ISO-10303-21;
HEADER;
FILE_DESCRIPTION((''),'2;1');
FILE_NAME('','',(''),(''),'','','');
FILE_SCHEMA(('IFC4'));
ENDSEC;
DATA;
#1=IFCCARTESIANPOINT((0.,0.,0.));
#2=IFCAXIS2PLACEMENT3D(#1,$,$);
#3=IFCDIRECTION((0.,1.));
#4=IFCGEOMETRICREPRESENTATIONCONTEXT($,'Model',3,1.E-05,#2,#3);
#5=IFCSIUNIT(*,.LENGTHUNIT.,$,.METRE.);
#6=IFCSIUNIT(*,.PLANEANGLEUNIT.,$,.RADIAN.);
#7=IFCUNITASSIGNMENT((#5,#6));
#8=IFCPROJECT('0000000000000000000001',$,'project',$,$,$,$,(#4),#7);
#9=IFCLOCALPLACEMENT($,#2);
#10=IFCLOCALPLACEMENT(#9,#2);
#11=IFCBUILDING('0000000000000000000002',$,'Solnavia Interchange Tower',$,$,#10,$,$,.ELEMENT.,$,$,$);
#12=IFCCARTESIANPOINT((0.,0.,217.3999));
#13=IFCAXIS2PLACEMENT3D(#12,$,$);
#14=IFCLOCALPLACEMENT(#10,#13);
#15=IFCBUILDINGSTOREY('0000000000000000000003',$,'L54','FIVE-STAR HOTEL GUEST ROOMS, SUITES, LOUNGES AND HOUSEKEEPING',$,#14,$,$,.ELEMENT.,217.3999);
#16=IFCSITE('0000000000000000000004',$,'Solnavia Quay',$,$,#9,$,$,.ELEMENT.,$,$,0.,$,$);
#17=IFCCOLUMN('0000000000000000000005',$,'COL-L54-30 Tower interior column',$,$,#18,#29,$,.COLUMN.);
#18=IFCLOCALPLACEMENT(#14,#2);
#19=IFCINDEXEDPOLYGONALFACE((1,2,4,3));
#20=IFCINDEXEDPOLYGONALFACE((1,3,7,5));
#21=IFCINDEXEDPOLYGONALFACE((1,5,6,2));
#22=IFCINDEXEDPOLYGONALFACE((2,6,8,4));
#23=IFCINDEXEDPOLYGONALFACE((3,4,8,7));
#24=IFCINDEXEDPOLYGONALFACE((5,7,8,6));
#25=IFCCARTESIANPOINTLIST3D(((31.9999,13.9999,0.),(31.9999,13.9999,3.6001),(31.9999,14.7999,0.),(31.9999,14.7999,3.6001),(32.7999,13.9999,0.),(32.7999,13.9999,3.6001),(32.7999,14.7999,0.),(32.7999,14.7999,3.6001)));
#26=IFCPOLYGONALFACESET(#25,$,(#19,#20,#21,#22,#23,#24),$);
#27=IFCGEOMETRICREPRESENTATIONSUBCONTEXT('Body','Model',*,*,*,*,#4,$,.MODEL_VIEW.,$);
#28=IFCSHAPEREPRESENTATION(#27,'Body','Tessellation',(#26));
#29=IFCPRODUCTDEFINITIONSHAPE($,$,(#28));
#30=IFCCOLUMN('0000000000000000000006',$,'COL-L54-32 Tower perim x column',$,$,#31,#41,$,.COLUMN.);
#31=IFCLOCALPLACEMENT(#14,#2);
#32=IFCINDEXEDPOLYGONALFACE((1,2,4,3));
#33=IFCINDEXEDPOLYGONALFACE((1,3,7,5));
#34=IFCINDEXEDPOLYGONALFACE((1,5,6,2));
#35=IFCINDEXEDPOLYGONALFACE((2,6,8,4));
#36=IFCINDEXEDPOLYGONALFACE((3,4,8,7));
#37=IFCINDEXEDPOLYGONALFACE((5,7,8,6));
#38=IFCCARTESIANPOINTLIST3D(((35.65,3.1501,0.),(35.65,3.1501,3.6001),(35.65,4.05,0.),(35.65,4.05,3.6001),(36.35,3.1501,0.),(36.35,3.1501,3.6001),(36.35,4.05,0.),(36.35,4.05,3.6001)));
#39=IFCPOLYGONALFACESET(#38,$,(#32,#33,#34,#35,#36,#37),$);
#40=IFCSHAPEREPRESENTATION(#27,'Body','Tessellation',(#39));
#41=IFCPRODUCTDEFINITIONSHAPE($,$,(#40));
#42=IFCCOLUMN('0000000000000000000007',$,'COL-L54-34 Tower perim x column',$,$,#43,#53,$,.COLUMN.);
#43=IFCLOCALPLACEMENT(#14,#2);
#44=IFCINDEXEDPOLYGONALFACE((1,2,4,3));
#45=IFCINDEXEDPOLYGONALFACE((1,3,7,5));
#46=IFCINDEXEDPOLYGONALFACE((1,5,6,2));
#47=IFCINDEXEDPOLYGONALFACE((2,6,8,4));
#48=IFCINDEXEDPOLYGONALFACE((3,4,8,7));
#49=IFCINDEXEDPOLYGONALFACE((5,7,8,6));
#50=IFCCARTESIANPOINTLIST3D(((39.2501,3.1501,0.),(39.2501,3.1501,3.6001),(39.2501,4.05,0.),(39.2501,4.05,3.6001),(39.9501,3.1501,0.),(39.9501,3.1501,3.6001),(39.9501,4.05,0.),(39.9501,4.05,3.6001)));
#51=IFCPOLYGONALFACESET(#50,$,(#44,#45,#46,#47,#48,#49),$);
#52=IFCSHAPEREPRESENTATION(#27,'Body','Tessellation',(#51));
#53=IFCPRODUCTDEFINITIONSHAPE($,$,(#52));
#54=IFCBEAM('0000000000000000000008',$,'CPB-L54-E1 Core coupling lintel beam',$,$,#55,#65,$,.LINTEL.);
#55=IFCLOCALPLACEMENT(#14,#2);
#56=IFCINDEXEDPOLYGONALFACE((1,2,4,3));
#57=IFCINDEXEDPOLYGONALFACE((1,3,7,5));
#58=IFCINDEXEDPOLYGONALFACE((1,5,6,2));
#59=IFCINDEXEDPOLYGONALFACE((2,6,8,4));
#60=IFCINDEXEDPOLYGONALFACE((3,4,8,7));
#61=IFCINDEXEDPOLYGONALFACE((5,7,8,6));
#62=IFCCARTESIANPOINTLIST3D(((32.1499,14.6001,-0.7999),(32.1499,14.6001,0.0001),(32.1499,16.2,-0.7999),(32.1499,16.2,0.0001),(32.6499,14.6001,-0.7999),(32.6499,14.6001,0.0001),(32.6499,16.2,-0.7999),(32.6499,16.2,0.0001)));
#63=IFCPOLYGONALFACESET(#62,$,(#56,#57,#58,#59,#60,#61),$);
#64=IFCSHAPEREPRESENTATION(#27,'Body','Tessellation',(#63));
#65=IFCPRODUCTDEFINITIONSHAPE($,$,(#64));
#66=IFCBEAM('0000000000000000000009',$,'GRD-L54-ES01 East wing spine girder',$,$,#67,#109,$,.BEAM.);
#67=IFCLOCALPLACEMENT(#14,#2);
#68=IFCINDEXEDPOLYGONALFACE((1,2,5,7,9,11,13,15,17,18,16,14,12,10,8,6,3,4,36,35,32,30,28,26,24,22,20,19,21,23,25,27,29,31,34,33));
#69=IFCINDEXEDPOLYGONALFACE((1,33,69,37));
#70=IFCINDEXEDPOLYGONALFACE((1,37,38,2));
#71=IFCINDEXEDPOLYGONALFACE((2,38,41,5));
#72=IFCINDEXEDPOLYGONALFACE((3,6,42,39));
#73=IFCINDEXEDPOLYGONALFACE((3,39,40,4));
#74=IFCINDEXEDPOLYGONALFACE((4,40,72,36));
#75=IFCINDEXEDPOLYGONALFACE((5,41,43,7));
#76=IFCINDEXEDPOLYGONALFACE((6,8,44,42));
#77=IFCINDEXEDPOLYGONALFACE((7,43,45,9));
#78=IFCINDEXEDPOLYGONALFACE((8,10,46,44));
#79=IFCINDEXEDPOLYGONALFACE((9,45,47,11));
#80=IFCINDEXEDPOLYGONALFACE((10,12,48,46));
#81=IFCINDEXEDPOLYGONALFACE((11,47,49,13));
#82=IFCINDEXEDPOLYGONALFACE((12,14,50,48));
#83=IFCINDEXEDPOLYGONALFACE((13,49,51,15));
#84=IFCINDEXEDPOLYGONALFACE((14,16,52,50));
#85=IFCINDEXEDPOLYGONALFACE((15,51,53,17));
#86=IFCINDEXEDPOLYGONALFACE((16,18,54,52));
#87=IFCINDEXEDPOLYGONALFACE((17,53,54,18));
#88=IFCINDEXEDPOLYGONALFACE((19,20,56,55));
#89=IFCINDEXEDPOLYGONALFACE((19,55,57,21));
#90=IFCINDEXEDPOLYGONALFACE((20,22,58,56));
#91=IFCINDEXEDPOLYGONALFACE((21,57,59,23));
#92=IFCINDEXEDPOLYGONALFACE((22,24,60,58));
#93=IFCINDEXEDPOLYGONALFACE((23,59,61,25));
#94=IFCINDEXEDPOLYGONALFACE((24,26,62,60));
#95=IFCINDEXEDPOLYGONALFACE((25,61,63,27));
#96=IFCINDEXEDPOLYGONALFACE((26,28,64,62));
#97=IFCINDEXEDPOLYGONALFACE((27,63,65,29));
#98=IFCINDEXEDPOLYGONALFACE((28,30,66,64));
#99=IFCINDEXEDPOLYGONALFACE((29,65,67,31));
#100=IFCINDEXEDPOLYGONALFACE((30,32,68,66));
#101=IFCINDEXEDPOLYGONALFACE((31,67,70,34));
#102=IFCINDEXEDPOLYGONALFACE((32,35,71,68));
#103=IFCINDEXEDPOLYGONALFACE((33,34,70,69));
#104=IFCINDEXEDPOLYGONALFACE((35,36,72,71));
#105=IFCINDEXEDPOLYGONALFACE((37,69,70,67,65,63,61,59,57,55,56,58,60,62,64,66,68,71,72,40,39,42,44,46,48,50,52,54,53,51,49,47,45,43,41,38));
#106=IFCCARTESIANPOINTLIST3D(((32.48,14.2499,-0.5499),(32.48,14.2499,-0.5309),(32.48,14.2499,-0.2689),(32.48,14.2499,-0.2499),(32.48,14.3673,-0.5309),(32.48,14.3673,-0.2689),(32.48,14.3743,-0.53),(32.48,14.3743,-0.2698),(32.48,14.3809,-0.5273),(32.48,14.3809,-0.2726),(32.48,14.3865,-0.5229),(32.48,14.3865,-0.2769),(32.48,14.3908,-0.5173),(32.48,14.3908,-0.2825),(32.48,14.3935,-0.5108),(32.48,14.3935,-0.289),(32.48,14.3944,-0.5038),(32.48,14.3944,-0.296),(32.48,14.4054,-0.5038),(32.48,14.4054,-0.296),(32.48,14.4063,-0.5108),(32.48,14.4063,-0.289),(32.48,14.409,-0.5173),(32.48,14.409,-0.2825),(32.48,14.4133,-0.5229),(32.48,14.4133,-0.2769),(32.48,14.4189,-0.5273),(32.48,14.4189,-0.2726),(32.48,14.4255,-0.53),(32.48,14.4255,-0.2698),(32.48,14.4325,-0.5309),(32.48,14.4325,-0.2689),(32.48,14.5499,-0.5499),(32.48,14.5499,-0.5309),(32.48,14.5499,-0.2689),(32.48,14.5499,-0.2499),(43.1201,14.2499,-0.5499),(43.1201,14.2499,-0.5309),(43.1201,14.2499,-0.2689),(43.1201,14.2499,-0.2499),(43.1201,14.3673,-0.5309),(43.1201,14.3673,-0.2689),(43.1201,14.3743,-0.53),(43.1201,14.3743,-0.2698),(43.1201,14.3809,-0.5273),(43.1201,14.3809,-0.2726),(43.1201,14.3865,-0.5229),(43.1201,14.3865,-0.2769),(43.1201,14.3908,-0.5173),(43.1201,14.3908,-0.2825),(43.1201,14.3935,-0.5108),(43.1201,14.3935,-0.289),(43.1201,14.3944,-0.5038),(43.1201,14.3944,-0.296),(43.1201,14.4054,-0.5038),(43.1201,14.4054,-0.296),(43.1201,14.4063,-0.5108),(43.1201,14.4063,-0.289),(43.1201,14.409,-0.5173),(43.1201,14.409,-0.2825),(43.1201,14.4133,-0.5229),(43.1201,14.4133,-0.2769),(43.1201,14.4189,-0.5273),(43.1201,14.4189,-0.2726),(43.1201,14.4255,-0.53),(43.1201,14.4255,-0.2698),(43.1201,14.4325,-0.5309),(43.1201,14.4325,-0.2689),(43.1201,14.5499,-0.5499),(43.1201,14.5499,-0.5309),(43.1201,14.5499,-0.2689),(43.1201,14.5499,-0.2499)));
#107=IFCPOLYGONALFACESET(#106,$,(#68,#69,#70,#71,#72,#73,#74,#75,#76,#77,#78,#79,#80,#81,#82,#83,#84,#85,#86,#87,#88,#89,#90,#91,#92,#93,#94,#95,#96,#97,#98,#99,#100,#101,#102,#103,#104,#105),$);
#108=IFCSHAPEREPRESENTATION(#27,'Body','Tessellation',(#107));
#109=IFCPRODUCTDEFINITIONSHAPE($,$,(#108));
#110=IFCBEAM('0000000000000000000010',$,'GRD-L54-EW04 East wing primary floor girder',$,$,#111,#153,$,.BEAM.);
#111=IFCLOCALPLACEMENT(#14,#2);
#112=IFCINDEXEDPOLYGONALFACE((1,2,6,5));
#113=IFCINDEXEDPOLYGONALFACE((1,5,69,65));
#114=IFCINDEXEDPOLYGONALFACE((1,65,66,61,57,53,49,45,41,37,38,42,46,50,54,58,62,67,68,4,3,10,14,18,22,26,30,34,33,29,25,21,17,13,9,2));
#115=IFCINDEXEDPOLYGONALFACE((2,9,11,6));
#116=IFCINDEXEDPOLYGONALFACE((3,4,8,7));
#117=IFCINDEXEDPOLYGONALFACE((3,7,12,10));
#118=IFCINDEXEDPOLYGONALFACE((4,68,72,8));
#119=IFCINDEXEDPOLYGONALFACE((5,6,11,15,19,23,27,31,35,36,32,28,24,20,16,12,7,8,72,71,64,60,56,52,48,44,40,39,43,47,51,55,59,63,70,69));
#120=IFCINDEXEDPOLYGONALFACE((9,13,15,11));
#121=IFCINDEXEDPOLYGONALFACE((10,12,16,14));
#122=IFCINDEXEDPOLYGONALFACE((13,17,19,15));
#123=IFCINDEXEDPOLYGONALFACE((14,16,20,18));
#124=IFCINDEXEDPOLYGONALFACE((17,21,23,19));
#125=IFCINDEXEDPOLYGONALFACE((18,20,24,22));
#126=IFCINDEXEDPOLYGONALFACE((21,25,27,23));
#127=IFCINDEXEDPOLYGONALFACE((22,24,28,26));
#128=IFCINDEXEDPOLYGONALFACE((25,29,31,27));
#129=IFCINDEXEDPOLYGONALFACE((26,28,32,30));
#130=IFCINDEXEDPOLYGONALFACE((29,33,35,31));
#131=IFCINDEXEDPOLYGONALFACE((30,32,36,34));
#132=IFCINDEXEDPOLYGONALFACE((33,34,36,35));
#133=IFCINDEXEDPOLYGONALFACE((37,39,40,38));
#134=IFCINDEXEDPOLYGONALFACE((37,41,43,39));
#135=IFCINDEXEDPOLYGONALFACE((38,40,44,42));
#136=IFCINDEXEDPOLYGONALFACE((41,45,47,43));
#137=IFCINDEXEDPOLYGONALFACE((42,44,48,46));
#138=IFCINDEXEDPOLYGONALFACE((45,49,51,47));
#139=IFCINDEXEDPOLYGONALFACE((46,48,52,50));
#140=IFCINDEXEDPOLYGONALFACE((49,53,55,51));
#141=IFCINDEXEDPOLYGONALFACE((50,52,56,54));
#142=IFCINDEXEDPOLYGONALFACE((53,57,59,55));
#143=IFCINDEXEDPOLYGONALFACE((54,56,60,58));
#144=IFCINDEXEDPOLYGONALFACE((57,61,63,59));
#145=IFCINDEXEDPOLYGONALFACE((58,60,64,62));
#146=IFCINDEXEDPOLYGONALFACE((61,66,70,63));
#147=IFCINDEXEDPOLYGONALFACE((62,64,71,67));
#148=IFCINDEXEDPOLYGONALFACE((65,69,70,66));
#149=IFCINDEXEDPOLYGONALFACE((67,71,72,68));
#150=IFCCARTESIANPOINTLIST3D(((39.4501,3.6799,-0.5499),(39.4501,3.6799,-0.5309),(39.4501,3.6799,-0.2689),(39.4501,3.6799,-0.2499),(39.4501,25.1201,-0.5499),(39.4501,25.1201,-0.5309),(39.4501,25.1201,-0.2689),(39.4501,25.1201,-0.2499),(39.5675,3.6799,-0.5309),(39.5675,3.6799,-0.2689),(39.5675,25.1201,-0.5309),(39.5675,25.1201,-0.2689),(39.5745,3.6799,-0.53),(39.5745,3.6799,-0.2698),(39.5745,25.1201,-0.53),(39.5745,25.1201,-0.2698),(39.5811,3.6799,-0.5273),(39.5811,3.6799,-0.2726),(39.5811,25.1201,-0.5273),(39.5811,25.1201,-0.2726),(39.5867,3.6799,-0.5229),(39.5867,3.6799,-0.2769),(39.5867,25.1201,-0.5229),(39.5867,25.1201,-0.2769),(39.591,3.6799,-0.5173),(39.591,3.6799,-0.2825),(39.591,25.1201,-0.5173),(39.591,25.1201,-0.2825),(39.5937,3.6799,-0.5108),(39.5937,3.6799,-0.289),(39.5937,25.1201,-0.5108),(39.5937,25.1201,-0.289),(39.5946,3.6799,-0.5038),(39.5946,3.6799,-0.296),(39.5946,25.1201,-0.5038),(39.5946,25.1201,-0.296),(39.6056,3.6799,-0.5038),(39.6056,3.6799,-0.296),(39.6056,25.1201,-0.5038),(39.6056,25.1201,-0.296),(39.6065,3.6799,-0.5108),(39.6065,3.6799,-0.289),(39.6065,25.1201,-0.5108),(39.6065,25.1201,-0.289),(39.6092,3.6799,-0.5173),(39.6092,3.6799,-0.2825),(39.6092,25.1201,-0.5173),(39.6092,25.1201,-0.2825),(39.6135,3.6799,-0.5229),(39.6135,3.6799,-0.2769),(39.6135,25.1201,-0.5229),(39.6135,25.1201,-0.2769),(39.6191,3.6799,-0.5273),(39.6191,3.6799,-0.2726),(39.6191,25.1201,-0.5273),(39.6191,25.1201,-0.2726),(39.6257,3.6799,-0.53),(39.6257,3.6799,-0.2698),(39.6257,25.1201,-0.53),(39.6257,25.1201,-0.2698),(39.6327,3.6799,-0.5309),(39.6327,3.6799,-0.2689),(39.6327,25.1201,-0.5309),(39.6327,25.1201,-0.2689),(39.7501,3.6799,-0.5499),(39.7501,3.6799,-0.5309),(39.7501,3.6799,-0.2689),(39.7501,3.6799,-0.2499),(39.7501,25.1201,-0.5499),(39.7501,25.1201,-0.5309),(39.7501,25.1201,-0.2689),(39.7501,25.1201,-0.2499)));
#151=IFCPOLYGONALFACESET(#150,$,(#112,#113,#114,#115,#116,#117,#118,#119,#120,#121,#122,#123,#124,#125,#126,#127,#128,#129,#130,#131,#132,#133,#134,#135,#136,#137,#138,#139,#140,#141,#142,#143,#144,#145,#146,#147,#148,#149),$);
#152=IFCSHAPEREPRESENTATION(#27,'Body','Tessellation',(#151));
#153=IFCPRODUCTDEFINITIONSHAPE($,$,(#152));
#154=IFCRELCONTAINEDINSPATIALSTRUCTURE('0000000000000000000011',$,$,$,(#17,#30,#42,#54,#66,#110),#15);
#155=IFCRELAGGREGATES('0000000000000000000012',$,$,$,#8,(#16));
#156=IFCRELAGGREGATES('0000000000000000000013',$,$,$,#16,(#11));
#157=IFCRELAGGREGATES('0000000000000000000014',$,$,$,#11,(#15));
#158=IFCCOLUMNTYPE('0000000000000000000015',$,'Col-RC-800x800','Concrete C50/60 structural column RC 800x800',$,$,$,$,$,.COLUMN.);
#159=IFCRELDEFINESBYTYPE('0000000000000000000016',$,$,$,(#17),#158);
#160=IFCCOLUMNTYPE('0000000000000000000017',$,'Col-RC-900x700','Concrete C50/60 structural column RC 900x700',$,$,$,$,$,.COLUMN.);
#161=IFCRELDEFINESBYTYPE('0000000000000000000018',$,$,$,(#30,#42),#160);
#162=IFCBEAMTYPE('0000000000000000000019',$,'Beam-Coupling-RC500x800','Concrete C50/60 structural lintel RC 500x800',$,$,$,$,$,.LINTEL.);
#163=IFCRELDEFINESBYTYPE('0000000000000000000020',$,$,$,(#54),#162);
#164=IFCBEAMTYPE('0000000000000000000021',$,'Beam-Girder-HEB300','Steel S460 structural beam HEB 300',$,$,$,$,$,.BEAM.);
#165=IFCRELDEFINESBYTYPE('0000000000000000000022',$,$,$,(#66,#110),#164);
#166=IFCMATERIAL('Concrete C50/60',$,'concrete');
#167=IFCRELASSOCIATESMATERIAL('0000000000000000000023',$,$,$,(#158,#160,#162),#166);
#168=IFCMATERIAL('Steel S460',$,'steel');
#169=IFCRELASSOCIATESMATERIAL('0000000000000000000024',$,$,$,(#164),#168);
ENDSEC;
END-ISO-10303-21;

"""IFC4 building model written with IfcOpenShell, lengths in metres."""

from ifc_helpers import new_model, si_unit, direction, frame, origin, origin_2d, place, context, subcontext, project, spatial, rectangle, i_section, extrude, material, material_profile, profile_set, type_object, element, save


model = new_model("IFC4")

# Units and contexts
model_context = context("Model", 3, precision=1e-05, world=origin(), true_north=direction((0.0, 1.0)))
body_context = subcontext(model_context, "Body", "Model", "MODEL_VIEW")
ifc_project = project(units=[si_unit("LENGTHUNIT", "METRE"), si_unit("PLANEANGLEUNIT", "RADIAN")], contexts=[model_context])

# Site, building, storey
site_placement = place(None, origin())
site = spatial("IfcSite", under=ifc_project, at=site_placement, Name="Solnavia Quay", CompositionType="ELEMENT", RefElevation=0.0)
building_placement = place(site_placement, origin())
building = spatial("IfcBuilding", under=site, at=building_placement, Name="Solnavia Interchange Tower", CompositionType="ELEMENT")
storey_placement = place(building_placement, frame((0.0, 0.0, 217.3999)))
storey = spatial("IfcBuildingStorey", under=building, at=storey_placement, Name="L54", Description="FIVE-STAR HOTEL GUEST ROOMS, SUITES, LOUNGES AND HOUSEKEEPING", CompositionType="ELEMENT", Elevation=217.3999)

# Columns
ifc_material_1 = material(Name="Concrete C50/60", Category="concrete")
ifc_material_profile_1 = material_profile(ifc_material_1, rectangle(XDim=0.8, YDim=0.8, at=origin_2d()), Name="RC 800x800")
ifc_profile_set_1 = profile_set([ifc_material_profile_1], Name="Concrete C50/60")
column_type_1 = type_object("IfcColumnType", Name="Col-RC-800x800", Description="Concrete C50/60 structural column RC 800x800", PredefinedType="COLUMN", material=ifc_profile_set_1)
column_placement = place(storey_placement, frame((32.3999, 14.3999, 0.0), z_axis=(0.0, 0.0, 1.0), x_axis=(1.0, 0.0, 0.0)))
element("IfcColumn", 1, at=column_placement, inside=storey, type_object=column_type_1, Name="COL-L54-30 Tower interior column", PredefinedType="COLUMN", context=body_context, shape_type="SweptSolid", body=[
    extrude(rectangle(XDim=0.8, YDim=0.8, at=origin_2d()), origin(), (0.0, 0.0, 1.0), 3.6001),
])
ifc_material_profile_2 = material_profile(ifc_material_1, rectangle(XDim=0.7, YDim=0.8999, at=origin_2d()), Name="RC 900x700")
ifc_profile_set_2 = profile_set([ifc_material_profile_2], Name="Concrete C50/60")
column_type_2 = type_object("IfcColumnType", Name="Col-RC-900x700", Description="Concrete C50/60 structural column RC 900x700", PredefinedType="COLUMN", material=ifc_profile_set_2)
for number, where, z_axis, x_axis, name in (
    (2, (36.0, 3.6001, 0.0), (0.0, 0.0, 1.0), (1.0, 0.0, 0.0), "COL-L54-32 Tower perim x column"),
    (3, (39.6001, 3.6001, 0.0), (0.0, 0.0, 1.0), (1.0, 0.0, 0.0), "COL-L54-34 Tower perim x column"),
):
    element("IfcColumn", number, at=place(storey_placement, frame(where, z_axis=z_axis, x_axis=x_axis)), inside=storey, type_object=column_type_2, Name=name, PredefinedType="COLUMN", context=body_context, shape_type="SweptSolid", body=[
        extrude(rectangle(XDim=0.7, YDim=0.8999, at=origin_2d()), origin(), (0.0, 0.0, 1.0), 3.6001),
    ])

# Beams
ifc_material_profile_3 = material_profile(ifc_material_1, rectangle(XDim=0.5, YDim=0.8, at=origin_2d()), Name="RC 500x800")
ifc_profile_set_3 = profile_set([ifc_material_profile_3], Name="Concrete C50/60")
beam_type_1 = type_object("IfcBeamType", Name="Beam-Coupling-RC500x800", Description="Concrete C50/60 structural lintel RC 500x800", PredefinedType="LINTEL", material=ifc_profile_set_3)
beam_1_placement = place(storey_placement, frame((32.3999, 14.6001, -0.3999), z_axis=(0.0, 1.0, 0.0), x_axis=(-1.0, 0.0, 0.0)))
element("IfcBeam", 4, at=beam_1_placement, inside=storey, type_object=beam_type_1, Name="CPB-L54-E1 Core coupling lintel beam", PredefinedType="LINTEL", context=body_context, shape_type="SweptSolid", body=[
    extrude(rectangle(XDim=0.5, YDim=0.8, at=origin_2d()), origin(), (0.0, 0.0, 1.0), 1.5999),
])
ifc_material_2 = material(Name="Steel S460", Category="steel")
ifc_material_profile_4 = material_profile(ifc_material_2, i_section(OverallWidth=0.3, OverallDepth=0.3, WebThickness=0.011, FlangeThickness=0.019, FilletRadius=0.0271, at=origin_2d()), Name="HEB 300")
ifc_profile_set_4 = profile_set([ifc_material_profile_4], Name="Steel S460")
beam_type_2 = type_object("IfcBeamType", Name="Beam-Girder-HEB300", Description="Steel S460 structural beam HEB 300", PredefinedType="BEAM", material=ifc_profile_set_4)
beam_2_placement = place(storey_placement, frame((32.48, 14.3999, -0.3999), z_axis=(1.0, 0.0, 0.0), x_axis=(0.0, 1.0, 0.0)))
element("IfcBeam", 5, at=beam_2_placement, inside=storey, type_object=beam_type_2, Name="GRD-L54-ES01 East wing spine girder", PredefinedType="BEAM", context=body_context, shape_type="SweptSolid", body=[
    extrude(i_section(OverallWidth=0.3, OverallDepth=0.3, WebThickness=0.011, FlangeThickness=0.019, FilletRadius=0.0271, at=origin_2d()), origin(), (0.0, 0.0, 1.0), 10.6401),
])
beam_3_placement = place(storey_placement, frame((39.6001, 3.6799, -0.3999), z_axis=(0.0, 1.0, 0.0), x_axis=(-1.0, 0.0, 0.0)))
element("IfcBeam", 6, at=beam_3_placement, inside=storey, type_object=beam_type_2, Name="GRD-L54-EW04 East wing primary floor girder", PredefinedType="BEAM", context=body_context, shape_type="SweptSolid", body=[
    extrude(i_section(OverallWidth=0.3, OverallDepth=0.3, WebThickness=0.011, FlangeThickness=0.019, FilletRadius=0.0271, at=origin_2d()), origin(), (0.0, 0.0, 1.0), 21.4402),
])

save(model, "model.ifc")
